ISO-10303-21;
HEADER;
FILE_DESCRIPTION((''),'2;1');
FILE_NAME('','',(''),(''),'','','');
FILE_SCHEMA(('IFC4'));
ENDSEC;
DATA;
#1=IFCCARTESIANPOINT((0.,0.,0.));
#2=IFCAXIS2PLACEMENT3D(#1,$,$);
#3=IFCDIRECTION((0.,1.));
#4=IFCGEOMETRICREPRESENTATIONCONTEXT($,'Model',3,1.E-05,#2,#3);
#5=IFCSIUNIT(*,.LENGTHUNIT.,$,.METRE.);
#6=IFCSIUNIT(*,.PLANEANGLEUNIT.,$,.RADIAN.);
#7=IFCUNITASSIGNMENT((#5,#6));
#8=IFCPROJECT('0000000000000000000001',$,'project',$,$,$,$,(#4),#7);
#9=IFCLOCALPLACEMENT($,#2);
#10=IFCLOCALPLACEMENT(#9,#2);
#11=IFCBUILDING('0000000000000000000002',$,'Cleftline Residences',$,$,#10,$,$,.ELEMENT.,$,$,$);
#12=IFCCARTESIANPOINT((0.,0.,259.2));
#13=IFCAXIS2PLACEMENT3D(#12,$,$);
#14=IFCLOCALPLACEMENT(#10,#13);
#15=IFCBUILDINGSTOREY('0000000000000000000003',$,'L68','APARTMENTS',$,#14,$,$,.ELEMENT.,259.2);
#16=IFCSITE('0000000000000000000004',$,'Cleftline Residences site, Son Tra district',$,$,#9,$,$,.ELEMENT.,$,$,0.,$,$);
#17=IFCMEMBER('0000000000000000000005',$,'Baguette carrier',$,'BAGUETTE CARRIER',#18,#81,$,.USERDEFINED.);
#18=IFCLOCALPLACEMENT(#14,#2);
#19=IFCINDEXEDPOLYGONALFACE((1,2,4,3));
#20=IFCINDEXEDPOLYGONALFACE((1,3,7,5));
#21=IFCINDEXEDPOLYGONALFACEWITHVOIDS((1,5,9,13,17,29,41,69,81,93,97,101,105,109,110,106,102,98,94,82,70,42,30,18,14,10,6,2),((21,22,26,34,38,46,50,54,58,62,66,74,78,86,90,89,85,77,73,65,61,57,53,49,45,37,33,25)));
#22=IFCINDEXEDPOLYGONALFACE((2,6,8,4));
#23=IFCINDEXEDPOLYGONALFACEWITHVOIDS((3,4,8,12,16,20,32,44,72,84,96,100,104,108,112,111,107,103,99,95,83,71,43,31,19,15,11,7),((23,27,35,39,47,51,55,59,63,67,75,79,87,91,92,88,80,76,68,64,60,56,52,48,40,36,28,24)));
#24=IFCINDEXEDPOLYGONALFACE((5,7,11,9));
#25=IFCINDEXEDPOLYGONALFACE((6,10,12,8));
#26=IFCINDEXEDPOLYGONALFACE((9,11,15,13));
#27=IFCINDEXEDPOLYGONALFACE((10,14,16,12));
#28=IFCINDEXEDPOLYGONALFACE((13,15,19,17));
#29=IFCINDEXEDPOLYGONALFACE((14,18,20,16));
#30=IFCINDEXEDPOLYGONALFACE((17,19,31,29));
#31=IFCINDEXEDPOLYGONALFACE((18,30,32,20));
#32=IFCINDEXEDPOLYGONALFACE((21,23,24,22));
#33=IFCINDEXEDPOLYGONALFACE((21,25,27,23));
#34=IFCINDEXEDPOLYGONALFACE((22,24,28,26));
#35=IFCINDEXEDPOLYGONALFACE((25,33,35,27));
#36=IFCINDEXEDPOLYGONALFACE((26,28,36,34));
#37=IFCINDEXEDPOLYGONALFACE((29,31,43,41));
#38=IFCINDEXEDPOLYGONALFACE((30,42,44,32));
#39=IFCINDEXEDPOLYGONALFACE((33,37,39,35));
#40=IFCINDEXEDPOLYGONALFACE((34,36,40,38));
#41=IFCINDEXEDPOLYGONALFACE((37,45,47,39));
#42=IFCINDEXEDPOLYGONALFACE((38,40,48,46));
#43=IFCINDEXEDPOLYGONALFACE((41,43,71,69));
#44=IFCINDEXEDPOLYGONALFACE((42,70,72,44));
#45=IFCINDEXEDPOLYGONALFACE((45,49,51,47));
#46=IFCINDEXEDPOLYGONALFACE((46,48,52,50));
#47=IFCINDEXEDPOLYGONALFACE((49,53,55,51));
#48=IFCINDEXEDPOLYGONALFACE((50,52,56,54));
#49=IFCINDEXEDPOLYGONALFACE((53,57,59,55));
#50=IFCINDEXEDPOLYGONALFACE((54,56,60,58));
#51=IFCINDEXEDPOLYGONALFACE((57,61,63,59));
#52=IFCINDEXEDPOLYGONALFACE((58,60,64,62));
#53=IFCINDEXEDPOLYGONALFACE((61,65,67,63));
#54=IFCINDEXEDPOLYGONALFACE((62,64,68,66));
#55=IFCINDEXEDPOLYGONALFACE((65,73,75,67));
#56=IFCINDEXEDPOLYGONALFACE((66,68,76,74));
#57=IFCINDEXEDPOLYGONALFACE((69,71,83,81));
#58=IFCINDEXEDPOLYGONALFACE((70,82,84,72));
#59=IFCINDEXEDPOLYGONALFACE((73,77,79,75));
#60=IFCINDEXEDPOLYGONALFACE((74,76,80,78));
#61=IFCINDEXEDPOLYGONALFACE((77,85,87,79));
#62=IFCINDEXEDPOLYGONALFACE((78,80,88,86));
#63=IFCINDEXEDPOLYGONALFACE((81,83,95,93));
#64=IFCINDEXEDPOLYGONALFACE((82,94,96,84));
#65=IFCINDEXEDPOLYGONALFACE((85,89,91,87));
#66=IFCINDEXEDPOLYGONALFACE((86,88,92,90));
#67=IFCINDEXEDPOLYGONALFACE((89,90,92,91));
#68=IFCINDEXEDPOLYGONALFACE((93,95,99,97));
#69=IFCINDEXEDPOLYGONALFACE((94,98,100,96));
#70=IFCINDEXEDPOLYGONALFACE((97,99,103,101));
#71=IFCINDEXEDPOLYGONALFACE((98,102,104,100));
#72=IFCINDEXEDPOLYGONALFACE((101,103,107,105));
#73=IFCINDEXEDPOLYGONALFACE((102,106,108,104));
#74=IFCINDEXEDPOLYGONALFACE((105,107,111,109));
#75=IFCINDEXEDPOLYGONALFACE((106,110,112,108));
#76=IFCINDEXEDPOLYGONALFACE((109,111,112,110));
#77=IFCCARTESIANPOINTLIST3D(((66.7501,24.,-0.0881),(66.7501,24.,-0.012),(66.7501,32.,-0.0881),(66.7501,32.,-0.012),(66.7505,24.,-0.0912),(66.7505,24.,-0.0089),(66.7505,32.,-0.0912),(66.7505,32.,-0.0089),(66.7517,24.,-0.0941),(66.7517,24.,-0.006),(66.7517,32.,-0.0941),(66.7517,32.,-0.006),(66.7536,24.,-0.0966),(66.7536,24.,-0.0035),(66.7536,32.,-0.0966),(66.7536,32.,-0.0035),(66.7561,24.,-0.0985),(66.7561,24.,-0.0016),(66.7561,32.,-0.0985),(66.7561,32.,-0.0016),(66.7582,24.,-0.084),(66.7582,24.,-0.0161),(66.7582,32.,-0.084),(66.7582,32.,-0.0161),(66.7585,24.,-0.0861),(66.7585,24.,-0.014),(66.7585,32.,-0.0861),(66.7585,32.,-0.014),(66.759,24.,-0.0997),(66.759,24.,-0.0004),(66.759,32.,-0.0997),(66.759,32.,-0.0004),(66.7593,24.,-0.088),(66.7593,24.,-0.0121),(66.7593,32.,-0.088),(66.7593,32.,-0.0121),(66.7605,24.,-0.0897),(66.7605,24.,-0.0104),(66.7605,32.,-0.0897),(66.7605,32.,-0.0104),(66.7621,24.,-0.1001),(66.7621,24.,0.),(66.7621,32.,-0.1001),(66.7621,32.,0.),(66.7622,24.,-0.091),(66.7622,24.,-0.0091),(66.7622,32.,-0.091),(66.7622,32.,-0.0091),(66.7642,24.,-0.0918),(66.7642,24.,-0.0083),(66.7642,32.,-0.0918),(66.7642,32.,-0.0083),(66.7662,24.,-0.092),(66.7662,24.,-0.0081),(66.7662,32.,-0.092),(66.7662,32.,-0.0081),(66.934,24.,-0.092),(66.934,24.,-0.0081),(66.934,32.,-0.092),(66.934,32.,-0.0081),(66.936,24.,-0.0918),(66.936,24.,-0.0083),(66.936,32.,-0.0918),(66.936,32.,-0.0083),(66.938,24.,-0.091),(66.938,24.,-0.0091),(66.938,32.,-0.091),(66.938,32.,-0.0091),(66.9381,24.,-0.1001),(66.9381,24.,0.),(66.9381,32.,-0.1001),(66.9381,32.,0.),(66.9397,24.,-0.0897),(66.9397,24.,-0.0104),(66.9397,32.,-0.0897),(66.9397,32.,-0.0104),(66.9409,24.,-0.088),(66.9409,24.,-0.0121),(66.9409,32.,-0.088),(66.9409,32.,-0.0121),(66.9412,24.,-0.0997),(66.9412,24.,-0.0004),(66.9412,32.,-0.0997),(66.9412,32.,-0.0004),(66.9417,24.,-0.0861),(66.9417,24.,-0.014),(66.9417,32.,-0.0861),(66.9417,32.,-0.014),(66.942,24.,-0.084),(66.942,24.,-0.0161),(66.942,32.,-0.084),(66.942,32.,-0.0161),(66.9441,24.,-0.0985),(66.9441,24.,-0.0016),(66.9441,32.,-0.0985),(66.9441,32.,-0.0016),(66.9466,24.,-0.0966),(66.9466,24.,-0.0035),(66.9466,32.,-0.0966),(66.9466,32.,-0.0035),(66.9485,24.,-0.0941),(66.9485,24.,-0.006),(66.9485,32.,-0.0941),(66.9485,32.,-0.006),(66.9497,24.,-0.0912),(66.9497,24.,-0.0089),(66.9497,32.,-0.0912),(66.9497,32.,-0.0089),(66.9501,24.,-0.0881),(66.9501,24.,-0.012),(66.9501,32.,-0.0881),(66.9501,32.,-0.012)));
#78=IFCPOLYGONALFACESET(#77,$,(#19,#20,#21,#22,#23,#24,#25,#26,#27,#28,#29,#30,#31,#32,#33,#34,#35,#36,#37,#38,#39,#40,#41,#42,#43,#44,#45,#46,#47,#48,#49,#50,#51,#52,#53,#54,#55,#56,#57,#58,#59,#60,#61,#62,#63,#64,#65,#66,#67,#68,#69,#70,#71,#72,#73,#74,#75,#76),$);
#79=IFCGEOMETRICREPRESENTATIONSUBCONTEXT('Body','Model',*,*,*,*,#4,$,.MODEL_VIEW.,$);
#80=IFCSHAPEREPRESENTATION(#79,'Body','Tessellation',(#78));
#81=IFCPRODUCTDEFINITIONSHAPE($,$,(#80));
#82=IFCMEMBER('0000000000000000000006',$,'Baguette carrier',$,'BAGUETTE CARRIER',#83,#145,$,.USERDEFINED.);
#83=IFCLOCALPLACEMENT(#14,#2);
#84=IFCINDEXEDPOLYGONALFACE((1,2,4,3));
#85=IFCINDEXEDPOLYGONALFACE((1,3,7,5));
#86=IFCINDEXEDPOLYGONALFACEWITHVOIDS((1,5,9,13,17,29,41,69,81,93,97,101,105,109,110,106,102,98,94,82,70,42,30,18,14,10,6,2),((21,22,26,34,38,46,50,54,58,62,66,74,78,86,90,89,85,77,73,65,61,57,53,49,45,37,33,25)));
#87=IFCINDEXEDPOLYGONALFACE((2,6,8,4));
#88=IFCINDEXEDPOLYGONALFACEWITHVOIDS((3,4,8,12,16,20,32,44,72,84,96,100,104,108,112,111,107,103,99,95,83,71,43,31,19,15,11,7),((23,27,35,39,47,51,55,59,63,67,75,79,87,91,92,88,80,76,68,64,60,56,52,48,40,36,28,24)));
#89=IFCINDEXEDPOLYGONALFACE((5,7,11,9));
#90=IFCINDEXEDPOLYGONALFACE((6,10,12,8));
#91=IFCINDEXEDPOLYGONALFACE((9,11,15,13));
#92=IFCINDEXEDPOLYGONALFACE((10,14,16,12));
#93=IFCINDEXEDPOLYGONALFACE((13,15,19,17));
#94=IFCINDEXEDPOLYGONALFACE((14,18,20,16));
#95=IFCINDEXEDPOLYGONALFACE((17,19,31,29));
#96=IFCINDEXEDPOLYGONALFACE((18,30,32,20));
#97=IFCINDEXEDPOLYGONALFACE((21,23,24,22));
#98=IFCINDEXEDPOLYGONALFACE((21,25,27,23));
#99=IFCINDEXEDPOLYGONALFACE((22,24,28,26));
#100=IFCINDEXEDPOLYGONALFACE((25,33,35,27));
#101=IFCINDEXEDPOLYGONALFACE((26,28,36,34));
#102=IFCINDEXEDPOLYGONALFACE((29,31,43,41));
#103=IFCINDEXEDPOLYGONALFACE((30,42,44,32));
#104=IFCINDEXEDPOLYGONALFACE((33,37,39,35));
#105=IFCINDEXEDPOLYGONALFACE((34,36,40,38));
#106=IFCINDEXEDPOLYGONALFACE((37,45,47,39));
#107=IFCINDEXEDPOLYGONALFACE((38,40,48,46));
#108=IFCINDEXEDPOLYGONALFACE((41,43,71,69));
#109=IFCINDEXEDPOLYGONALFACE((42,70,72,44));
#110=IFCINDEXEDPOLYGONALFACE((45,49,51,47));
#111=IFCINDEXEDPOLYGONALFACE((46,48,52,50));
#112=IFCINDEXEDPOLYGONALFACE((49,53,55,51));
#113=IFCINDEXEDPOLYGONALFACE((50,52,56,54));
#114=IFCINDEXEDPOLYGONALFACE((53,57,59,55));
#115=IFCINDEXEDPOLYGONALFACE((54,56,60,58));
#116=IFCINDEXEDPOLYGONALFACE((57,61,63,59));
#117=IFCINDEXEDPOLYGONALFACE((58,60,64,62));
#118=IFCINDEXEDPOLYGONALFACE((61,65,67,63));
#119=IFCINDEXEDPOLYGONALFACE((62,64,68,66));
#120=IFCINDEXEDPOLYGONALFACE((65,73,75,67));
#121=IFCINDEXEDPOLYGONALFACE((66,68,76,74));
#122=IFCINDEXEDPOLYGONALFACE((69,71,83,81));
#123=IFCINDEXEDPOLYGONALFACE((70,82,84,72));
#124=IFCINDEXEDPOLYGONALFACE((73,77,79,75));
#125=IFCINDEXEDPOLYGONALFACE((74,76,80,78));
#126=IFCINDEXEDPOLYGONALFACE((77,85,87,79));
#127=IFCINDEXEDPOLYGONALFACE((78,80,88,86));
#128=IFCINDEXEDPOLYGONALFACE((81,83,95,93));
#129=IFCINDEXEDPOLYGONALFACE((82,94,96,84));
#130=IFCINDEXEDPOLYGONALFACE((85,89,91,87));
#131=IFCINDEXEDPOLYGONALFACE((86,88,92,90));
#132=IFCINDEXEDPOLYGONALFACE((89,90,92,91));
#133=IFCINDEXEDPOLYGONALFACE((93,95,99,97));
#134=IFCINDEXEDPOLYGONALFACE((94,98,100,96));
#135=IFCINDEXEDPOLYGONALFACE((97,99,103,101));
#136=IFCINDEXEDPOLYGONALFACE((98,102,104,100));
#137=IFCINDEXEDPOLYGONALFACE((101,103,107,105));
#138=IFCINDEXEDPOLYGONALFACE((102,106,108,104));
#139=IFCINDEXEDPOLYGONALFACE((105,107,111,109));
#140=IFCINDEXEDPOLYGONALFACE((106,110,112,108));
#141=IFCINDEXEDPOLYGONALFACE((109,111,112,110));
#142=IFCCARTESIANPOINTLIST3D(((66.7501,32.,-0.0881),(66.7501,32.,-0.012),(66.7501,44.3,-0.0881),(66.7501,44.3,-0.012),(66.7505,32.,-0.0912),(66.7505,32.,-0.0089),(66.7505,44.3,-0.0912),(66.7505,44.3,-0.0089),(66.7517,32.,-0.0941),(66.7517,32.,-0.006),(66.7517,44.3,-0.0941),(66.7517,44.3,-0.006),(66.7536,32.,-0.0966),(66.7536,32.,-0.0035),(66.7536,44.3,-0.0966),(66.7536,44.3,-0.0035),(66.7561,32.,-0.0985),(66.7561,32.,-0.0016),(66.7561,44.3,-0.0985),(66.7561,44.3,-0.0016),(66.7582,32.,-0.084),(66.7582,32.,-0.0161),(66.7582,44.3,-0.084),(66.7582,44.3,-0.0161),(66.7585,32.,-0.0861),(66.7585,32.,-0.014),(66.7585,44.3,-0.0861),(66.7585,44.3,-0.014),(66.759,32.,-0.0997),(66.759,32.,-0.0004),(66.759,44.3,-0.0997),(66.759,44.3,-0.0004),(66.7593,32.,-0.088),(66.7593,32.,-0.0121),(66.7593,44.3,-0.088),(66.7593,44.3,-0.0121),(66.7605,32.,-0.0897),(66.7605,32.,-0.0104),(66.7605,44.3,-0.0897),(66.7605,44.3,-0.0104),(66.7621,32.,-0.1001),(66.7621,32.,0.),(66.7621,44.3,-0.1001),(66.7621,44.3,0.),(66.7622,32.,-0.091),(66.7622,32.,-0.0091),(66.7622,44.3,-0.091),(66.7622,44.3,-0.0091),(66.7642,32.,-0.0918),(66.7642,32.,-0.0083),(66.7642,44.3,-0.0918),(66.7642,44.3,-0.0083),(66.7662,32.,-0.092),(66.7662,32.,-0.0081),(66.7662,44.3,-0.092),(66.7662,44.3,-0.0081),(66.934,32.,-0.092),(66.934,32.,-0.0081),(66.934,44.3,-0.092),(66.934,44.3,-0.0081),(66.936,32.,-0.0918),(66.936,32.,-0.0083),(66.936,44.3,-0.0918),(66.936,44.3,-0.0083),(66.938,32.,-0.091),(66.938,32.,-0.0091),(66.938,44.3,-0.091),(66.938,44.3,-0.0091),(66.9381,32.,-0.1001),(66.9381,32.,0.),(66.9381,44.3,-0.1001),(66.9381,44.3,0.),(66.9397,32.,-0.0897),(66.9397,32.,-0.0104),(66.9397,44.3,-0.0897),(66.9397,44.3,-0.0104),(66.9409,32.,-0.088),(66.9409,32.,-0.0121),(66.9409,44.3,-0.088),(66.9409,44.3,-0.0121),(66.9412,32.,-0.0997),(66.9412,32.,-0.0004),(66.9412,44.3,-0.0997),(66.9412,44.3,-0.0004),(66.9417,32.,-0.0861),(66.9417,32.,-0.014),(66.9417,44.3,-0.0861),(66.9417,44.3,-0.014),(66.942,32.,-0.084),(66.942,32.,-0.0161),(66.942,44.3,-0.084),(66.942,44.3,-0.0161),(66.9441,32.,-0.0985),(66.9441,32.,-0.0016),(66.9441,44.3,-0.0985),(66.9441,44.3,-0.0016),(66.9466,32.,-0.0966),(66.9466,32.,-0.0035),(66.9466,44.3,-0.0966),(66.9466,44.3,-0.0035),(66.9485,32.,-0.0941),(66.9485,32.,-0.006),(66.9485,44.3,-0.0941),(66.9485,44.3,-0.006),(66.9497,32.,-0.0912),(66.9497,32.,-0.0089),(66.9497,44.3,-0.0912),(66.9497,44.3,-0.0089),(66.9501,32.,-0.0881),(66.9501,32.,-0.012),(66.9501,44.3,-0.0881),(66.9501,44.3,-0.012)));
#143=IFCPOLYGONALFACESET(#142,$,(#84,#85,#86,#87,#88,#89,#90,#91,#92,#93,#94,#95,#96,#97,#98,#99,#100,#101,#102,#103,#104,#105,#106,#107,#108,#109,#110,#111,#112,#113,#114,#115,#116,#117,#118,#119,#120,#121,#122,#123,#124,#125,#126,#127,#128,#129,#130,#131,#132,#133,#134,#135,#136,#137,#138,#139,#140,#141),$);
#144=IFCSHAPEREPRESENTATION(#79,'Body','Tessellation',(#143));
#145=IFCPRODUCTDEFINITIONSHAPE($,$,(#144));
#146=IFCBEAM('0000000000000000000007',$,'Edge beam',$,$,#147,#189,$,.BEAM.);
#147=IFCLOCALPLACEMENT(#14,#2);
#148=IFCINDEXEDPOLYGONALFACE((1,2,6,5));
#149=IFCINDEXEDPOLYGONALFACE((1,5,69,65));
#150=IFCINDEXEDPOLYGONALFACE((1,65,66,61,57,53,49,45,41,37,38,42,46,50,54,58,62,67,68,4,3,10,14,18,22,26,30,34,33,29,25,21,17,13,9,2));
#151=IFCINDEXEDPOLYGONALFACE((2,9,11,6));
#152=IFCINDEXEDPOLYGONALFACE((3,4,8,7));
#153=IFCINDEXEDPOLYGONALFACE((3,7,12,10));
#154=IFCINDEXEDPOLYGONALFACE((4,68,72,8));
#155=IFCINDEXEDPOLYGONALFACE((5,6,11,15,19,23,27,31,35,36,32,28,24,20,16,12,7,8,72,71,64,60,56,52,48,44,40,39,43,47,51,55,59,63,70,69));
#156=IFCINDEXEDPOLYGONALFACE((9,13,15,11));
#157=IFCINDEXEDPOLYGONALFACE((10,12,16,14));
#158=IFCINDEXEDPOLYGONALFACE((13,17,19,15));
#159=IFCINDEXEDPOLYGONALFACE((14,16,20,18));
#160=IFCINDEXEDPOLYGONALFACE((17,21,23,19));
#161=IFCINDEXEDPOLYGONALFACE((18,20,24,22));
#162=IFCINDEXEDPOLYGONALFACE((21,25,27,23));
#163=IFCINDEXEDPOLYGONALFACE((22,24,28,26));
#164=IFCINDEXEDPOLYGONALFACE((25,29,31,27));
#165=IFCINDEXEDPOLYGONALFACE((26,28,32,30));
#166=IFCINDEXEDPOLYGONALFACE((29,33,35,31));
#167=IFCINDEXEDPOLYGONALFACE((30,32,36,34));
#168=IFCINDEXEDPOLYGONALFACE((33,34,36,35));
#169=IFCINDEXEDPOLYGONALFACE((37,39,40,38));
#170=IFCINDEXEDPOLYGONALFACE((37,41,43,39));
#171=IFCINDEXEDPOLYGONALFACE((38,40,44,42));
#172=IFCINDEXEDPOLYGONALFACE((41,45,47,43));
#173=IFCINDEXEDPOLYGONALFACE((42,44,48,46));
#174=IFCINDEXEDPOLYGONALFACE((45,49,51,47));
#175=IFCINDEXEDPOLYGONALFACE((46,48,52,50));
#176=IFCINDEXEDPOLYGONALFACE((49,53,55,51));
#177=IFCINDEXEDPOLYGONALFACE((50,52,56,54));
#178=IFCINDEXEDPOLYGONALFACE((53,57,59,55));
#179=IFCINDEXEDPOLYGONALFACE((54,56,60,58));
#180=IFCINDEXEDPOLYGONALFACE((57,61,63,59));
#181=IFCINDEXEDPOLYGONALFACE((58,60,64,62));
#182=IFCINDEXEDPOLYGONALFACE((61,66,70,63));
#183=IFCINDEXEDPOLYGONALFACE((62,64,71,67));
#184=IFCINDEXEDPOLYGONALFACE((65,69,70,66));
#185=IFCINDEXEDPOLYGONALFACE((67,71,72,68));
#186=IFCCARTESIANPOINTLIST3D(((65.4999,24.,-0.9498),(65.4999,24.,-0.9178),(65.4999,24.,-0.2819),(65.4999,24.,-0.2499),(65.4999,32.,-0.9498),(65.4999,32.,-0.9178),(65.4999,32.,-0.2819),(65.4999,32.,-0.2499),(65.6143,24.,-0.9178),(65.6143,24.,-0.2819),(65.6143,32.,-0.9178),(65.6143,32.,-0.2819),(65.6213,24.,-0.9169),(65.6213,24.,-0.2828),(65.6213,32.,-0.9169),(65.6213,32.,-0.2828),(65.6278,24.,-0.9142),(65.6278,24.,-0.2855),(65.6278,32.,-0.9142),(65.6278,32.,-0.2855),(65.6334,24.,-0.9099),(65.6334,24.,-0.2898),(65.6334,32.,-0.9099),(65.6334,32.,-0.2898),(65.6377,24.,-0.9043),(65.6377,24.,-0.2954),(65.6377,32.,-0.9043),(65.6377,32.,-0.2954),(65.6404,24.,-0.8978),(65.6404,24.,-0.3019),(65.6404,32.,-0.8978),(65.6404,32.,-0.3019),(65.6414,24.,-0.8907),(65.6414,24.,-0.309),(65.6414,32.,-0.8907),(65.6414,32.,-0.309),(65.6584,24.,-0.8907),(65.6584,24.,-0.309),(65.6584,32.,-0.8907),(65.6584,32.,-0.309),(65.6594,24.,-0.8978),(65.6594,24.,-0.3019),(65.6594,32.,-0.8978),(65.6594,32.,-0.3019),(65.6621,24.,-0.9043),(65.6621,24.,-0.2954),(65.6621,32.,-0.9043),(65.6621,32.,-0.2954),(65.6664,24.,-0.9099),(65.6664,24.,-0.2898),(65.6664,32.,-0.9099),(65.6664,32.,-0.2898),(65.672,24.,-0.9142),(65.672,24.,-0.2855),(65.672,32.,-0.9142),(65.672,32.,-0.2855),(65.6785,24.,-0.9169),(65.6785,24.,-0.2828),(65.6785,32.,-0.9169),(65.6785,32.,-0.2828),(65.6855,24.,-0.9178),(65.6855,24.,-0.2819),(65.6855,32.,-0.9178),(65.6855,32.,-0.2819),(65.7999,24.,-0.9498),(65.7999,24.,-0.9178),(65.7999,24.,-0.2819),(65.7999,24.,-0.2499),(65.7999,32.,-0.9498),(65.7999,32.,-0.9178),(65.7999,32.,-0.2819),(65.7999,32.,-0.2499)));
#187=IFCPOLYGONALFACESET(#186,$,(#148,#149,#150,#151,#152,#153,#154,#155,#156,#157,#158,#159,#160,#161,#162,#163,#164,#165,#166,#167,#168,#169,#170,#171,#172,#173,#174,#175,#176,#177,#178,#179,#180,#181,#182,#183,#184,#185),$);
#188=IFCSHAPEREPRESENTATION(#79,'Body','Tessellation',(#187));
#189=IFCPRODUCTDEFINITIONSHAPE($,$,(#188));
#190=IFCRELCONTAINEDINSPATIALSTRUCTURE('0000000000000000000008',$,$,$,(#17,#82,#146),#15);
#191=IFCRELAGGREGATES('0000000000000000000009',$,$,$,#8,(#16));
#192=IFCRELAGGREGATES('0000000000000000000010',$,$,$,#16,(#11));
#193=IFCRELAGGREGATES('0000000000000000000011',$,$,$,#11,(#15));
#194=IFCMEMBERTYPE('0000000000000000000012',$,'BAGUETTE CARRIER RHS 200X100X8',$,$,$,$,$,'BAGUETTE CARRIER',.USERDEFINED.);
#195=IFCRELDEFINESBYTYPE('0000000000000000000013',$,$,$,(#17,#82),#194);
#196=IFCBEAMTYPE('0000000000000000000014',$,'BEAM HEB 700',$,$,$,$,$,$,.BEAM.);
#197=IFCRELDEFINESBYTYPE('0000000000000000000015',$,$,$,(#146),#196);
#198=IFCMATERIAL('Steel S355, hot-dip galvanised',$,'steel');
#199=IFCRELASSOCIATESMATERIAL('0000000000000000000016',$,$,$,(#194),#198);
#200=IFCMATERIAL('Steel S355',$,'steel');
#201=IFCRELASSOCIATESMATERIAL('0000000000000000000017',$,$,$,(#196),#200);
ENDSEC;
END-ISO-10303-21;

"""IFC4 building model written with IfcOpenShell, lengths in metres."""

from ifc_helpers import new_model, si_unit, direction, frame, origin, origin_2d, place, context, subcontext, project, spatial, hollow_rectangle, i_section, extrude, material, material_profile, profile_set, type_object, element, save


model = new_model("IFC4")

# Units and contexts
model_context = context("Model", 3, precision=1e-05, world=origin(), true_north=direction((0.0, 1.0)))
body_context = subcontext(model_context, "Body", "Model", "MODEL_VIEW")
ifc_project = project(units=[si_unit("LENGTHUNIT", "METRE"), si_unit("PLANEANGLEUNIT", "RADIAN")], contexts=[model_context])

# Site, building, storey
site_placement = place(None, origin())
site = spatial("IfcSite", under=ifc_project, at=site_placement, Name="Cleftline Residences site, Son Tra district", CompositionType="ELEMENT", RefElevation=0.0)
building_placement = place(site_placement, origin())
building = spatial("IfcBuilding", under=site, at=building_placement, Name="Cleftline Residences", CompositionType="ELEMENT")
storey_placement = place(building_placement, frame((0.0, 0.0, 259.2)))
storey = spatial("IfcBuildingStorey", under=building, at=storey_placement, Name="L68", Description="APARTMENTS", CompositionType="ELEMENT", Elevation=259.2)

# Members
ifc_material_1 = material(Name="Steel S355, hot-dip galvanised", Category="steel")
ifc_material_profile_1 = material_profile(ifc_material_1, hollow_rectangle(XDim=0.1001, YDim=0.2, WallThickness=0.0081, InnerFilletRadius=0.0081, OuterFilletRadius=0.012, at=origin_2d()))
ifc_profile_set_1 = profile_set([ifc_material_profile_1], Name="Steel S355, hot-dip galvanised")
member_type_1 = type_object("IfcMemberType", Name="BAGUETTE CARRIER RHS 200X100X8", ElementType="BAGUETTE CARRIER", PredefinedType="USERDEFINED", material=ifc_profile_set_1)
member_1_placement = place(storey_placement, frame((66.8501, 24.0, -0.05), z_axis=(0.0, 1.0, 0.0), x_axis=(0.0, 0.0, 1.0)))
element("IfcMember", 1, at=member_1_placement, inside=storey, type_object=member_type_1, Name="Baguette carrier", ObjectType="BAGUETTE CARRIER", PredefinedType="USERDEFINED", context=body_context, shape_type="SweptSolid", body=[
    extrude(hollow_rectangle(XDim=0.1001, YDim=0.2, WallThickness=0.0081, InnerFilletRadius=0.0081, OuterFilletRadius=0.012, at=origin_2d()), origin(), (0.0, 0.0, 1.0), 8.0),
])
member_2_placement = place(storey_placement, frame((66.8501, 32.0, -0.05), z_axis=(0.0, 1.0, 0.0), x_axis=(0.0, 0.0, 1.0)))
element("IfcMember", 2, at=member_2_placement, inside=storey, type_object=member_type_1, Name="Baguette carrier", ObjectType="BAGUETTE CARRIER", PredefinedType="USERDEFINED", context=body_context, shape_type="SweptSolid", body=[
    extrude(hollow_rectangle(XDim=0.1001, YDim=0.2, WallThickness=0.0081, InnerFilletRadius=0.0081, OuterFilletRadius=0.012, at=origin_2d()), origin(), (0.0, 0.0, 1.0), 12.3),
])

# Beam
ifc_material_2 = material(Name="Steel S355", Category="steel")
ifc_material_profile_2 = material_profile(ifc_material_2, i_section(OverallWidth=0.3, OverallDepth=0.7, WebThickness=0.0171, FlangeThickness=0.032, FilletRadius=0.0271, at=origin_2d()))
ifc_profile_set_2 = profile_set([ifc_material_profile_2], Name="Steel S355")
beam_type_1 = type_object("IfcBeamType", Name="BEAM HEB 700", PredefinedType="BEAM", material=ifc_profile_set_2)
for number, where, z_axis, x_axis, name in (
    (3, (65.6499, 24.0, -0.5999), (0.0, 1.0, 0.0), (-1.0, 0.0, 0.0), "Edge beam"),
):
    element("IfcBeam", number, at=place(storey_placement, frame(where, z_axis=z_axis, x_axis=x_axis)), inside=storey, type_object=beam_type_1, Name=name, PredefinedType="BEAM", context=body_context, shape_type="SweptSolid", body=[
        extrude(i_section(OverallWidth=0.3, OverallDepth=0.7, WebThickness=0.0171, FlangeThickness=0.032, FilletRadius=0.0271, at=origin_2d()), origin(), (0.0, 0.0, 1.0), 8.0),
    ])

save(model, "model.ifc")
